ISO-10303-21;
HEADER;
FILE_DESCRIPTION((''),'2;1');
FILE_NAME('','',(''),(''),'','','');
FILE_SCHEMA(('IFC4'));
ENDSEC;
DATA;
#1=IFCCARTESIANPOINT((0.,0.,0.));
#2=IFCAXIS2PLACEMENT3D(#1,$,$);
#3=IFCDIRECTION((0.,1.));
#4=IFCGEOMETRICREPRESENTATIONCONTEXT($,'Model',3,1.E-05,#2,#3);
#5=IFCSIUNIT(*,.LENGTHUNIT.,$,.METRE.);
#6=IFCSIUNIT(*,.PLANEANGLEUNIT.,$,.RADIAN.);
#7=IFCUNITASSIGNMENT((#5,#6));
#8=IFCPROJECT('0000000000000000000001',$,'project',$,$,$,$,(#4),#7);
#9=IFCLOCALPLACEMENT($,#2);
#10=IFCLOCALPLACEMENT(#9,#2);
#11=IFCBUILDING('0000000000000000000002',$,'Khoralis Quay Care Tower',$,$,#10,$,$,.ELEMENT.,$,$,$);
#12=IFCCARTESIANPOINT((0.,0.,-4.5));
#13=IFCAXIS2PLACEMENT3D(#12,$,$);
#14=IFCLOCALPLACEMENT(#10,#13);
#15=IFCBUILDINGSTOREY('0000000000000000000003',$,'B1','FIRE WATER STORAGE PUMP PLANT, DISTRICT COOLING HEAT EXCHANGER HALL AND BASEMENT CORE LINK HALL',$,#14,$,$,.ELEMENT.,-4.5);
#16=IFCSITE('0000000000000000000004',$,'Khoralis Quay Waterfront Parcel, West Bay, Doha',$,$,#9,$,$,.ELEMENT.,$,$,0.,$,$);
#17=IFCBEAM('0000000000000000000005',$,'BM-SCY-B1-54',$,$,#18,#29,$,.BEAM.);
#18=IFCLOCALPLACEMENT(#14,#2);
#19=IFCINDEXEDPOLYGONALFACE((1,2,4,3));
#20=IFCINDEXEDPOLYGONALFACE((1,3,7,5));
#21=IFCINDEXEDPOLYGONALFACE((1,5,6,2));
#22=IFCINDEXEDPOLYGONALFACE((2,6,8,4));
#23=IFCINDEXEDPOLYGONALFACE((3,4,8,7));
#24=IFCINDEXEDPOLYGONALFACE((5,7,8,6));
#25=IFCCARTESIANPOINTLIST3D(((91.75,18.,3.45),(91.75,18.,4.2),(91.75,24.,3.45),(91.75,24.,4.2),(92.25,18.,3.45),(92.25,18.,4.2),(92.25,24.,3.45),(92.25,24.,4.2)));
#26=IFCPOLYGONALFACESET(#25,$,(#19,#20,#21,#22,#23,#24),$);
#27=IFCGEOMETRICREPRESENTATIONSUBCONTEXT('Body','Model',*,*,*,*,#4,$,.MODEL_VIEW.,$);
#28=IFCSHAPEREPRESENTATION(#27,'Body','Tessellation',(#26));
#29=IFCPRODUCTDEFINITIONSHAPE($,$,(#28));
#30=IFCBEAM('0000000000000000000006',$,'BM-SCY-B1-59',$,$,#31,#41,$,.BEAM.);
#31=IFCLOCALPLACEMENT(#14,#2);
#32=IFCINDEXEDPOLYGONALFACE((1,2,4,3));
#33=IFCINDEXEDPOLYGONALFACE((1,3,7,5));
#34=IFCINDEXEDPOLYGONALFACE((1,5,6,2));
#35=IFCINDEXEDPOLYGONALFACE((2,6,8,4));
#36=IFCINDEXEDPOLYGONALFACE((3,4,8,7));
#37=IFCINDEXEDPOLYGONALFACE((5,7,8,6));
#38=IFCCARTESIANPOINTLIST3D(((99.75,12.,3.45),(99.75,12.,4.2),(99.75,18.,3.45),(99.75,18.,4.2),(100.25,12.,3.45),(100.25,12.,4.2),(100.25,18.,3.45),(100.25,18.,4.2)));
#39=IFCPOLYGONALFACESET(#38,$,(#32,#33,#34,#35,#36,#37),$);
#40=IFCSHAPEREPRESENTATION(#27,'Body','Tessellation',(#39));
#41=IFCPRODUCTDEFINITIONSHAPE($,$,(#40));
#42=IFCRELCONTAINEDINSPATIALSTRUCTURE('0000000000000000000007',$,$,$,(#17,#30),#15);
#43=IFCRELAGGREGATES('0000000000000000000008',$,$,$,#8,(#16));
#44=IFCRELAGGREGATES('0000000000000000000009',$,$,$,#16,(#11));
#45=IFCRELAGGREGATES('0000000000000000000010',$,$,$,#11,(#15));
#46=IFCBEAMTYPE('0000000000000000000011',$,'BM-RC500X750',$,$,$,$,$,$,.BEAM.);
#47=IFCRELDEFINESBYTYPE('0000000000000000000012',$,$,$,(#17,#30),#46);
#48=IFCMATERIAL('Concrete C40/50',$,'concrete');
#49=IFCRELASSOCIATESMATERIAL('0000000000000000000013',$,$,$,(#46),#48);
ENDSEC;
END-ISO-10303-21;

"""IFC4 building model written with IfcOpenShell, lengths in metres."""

from ifc_helpers import new_model, si_unit, direction, frame, origin, origin_2d, place, context, subcontext, project, spatial, rectangle, extrude, source, transform, mapped, material, material_profile, profile_set, type_object, element, save


model = new_model("IFC4")

# Units and contexts
model_context = context("Model", 3, precision=1e-05, world=origin(), true_north=direction((0.0, 1.0)))
body_context = subcontext(model_context, "Body", "Model", "MODEL_VIEW")
ifc_project = project(units=[si_unit("LENGTHUNIT", "METRE"), si_unit("PLANEANGLEUNIT", "RADIAN")], contexts=[model_context])

# Site, building, storey
site_placement = place(None, origin())
site = spatial("IfcSite", under=ifc_project, at=site_placement, Name="Khoralis Quay Waterfront Parcel, West Bay, Doha", CompositionType="ELEMENT", RefElevation=0.0)
building_placement = place(site_placement, origin())
building = spatial("IfcBuilding", under=site, at=building_placement, Name="Khoralis Quay Care Tower", CompositionType="ELEMENT")
storey_placement = place(building_placement, frame((0.0, 0.0, -4.5)))
storey = spatial("IfcBuildingStorey", under=building, at=storey_placement, Name="B1", Description="FIRE WATER STORAGE PUMP PLANT, DISTRICT COOLING HEAT EXCHANGER HALL AND BASEMENT CORE LINK HALL", CompositionType="ELEMENT", Elevation=-4.5)

# Shared definitions
ifc_material_1 = material(Name="Concrete C40/50", Category="concrete")

# Beams
ifc_material_profile_1 = material_profile(ifc_material_1, rectangle(XDim=0.5, YDim=0.75, at=origin_2d()), Name="Concrete C40/50")
ifc_profile_set_1 = profile_set([ifc_material_profile_1], Name="Concrete C40/50")
beam_type = type_object("IfcBeamType", Name="BM-RC500X750", PredefinedType="BEAM", material=ifc_profile_set_1)
shared_shape_1 = source(origin(), body_context, "Body", "SweptSolid", [
    extrude(rectangle(XDim=0.5, YDim=0.75, at=origin_2d()), origin(), (0.0, 0.0, 1.0), 6.0),
])
for number, where, z_axis, x_axis, name in (
    (1, (92.0, 18.0, 3.825), (0.0, 1.0, 0.0), (-1.0, 0.0, 0.0), "BM-SCY-B1-54"),
    (2, (100.0, 12.0, 3.825), (0.0, 1.0, 0.0), (-1.0, 0.0, 0.0), "BM-SCY-B1-59"),
):
    element("IfcBeam", number, at=place(storey_placement, frame(where, z_axis=z_axis, x_axis=x_axis)), inside=storey, type_object=beam_type, Name=name, PredefinedType="BEAM", context=body_context, shape_type="MappedRepresentation", body=[
        mapped(shared_shape_1, transform((0.0, 0.0, 0.0), scale=1.0)),
    ])

save(model, "model.ifc")
